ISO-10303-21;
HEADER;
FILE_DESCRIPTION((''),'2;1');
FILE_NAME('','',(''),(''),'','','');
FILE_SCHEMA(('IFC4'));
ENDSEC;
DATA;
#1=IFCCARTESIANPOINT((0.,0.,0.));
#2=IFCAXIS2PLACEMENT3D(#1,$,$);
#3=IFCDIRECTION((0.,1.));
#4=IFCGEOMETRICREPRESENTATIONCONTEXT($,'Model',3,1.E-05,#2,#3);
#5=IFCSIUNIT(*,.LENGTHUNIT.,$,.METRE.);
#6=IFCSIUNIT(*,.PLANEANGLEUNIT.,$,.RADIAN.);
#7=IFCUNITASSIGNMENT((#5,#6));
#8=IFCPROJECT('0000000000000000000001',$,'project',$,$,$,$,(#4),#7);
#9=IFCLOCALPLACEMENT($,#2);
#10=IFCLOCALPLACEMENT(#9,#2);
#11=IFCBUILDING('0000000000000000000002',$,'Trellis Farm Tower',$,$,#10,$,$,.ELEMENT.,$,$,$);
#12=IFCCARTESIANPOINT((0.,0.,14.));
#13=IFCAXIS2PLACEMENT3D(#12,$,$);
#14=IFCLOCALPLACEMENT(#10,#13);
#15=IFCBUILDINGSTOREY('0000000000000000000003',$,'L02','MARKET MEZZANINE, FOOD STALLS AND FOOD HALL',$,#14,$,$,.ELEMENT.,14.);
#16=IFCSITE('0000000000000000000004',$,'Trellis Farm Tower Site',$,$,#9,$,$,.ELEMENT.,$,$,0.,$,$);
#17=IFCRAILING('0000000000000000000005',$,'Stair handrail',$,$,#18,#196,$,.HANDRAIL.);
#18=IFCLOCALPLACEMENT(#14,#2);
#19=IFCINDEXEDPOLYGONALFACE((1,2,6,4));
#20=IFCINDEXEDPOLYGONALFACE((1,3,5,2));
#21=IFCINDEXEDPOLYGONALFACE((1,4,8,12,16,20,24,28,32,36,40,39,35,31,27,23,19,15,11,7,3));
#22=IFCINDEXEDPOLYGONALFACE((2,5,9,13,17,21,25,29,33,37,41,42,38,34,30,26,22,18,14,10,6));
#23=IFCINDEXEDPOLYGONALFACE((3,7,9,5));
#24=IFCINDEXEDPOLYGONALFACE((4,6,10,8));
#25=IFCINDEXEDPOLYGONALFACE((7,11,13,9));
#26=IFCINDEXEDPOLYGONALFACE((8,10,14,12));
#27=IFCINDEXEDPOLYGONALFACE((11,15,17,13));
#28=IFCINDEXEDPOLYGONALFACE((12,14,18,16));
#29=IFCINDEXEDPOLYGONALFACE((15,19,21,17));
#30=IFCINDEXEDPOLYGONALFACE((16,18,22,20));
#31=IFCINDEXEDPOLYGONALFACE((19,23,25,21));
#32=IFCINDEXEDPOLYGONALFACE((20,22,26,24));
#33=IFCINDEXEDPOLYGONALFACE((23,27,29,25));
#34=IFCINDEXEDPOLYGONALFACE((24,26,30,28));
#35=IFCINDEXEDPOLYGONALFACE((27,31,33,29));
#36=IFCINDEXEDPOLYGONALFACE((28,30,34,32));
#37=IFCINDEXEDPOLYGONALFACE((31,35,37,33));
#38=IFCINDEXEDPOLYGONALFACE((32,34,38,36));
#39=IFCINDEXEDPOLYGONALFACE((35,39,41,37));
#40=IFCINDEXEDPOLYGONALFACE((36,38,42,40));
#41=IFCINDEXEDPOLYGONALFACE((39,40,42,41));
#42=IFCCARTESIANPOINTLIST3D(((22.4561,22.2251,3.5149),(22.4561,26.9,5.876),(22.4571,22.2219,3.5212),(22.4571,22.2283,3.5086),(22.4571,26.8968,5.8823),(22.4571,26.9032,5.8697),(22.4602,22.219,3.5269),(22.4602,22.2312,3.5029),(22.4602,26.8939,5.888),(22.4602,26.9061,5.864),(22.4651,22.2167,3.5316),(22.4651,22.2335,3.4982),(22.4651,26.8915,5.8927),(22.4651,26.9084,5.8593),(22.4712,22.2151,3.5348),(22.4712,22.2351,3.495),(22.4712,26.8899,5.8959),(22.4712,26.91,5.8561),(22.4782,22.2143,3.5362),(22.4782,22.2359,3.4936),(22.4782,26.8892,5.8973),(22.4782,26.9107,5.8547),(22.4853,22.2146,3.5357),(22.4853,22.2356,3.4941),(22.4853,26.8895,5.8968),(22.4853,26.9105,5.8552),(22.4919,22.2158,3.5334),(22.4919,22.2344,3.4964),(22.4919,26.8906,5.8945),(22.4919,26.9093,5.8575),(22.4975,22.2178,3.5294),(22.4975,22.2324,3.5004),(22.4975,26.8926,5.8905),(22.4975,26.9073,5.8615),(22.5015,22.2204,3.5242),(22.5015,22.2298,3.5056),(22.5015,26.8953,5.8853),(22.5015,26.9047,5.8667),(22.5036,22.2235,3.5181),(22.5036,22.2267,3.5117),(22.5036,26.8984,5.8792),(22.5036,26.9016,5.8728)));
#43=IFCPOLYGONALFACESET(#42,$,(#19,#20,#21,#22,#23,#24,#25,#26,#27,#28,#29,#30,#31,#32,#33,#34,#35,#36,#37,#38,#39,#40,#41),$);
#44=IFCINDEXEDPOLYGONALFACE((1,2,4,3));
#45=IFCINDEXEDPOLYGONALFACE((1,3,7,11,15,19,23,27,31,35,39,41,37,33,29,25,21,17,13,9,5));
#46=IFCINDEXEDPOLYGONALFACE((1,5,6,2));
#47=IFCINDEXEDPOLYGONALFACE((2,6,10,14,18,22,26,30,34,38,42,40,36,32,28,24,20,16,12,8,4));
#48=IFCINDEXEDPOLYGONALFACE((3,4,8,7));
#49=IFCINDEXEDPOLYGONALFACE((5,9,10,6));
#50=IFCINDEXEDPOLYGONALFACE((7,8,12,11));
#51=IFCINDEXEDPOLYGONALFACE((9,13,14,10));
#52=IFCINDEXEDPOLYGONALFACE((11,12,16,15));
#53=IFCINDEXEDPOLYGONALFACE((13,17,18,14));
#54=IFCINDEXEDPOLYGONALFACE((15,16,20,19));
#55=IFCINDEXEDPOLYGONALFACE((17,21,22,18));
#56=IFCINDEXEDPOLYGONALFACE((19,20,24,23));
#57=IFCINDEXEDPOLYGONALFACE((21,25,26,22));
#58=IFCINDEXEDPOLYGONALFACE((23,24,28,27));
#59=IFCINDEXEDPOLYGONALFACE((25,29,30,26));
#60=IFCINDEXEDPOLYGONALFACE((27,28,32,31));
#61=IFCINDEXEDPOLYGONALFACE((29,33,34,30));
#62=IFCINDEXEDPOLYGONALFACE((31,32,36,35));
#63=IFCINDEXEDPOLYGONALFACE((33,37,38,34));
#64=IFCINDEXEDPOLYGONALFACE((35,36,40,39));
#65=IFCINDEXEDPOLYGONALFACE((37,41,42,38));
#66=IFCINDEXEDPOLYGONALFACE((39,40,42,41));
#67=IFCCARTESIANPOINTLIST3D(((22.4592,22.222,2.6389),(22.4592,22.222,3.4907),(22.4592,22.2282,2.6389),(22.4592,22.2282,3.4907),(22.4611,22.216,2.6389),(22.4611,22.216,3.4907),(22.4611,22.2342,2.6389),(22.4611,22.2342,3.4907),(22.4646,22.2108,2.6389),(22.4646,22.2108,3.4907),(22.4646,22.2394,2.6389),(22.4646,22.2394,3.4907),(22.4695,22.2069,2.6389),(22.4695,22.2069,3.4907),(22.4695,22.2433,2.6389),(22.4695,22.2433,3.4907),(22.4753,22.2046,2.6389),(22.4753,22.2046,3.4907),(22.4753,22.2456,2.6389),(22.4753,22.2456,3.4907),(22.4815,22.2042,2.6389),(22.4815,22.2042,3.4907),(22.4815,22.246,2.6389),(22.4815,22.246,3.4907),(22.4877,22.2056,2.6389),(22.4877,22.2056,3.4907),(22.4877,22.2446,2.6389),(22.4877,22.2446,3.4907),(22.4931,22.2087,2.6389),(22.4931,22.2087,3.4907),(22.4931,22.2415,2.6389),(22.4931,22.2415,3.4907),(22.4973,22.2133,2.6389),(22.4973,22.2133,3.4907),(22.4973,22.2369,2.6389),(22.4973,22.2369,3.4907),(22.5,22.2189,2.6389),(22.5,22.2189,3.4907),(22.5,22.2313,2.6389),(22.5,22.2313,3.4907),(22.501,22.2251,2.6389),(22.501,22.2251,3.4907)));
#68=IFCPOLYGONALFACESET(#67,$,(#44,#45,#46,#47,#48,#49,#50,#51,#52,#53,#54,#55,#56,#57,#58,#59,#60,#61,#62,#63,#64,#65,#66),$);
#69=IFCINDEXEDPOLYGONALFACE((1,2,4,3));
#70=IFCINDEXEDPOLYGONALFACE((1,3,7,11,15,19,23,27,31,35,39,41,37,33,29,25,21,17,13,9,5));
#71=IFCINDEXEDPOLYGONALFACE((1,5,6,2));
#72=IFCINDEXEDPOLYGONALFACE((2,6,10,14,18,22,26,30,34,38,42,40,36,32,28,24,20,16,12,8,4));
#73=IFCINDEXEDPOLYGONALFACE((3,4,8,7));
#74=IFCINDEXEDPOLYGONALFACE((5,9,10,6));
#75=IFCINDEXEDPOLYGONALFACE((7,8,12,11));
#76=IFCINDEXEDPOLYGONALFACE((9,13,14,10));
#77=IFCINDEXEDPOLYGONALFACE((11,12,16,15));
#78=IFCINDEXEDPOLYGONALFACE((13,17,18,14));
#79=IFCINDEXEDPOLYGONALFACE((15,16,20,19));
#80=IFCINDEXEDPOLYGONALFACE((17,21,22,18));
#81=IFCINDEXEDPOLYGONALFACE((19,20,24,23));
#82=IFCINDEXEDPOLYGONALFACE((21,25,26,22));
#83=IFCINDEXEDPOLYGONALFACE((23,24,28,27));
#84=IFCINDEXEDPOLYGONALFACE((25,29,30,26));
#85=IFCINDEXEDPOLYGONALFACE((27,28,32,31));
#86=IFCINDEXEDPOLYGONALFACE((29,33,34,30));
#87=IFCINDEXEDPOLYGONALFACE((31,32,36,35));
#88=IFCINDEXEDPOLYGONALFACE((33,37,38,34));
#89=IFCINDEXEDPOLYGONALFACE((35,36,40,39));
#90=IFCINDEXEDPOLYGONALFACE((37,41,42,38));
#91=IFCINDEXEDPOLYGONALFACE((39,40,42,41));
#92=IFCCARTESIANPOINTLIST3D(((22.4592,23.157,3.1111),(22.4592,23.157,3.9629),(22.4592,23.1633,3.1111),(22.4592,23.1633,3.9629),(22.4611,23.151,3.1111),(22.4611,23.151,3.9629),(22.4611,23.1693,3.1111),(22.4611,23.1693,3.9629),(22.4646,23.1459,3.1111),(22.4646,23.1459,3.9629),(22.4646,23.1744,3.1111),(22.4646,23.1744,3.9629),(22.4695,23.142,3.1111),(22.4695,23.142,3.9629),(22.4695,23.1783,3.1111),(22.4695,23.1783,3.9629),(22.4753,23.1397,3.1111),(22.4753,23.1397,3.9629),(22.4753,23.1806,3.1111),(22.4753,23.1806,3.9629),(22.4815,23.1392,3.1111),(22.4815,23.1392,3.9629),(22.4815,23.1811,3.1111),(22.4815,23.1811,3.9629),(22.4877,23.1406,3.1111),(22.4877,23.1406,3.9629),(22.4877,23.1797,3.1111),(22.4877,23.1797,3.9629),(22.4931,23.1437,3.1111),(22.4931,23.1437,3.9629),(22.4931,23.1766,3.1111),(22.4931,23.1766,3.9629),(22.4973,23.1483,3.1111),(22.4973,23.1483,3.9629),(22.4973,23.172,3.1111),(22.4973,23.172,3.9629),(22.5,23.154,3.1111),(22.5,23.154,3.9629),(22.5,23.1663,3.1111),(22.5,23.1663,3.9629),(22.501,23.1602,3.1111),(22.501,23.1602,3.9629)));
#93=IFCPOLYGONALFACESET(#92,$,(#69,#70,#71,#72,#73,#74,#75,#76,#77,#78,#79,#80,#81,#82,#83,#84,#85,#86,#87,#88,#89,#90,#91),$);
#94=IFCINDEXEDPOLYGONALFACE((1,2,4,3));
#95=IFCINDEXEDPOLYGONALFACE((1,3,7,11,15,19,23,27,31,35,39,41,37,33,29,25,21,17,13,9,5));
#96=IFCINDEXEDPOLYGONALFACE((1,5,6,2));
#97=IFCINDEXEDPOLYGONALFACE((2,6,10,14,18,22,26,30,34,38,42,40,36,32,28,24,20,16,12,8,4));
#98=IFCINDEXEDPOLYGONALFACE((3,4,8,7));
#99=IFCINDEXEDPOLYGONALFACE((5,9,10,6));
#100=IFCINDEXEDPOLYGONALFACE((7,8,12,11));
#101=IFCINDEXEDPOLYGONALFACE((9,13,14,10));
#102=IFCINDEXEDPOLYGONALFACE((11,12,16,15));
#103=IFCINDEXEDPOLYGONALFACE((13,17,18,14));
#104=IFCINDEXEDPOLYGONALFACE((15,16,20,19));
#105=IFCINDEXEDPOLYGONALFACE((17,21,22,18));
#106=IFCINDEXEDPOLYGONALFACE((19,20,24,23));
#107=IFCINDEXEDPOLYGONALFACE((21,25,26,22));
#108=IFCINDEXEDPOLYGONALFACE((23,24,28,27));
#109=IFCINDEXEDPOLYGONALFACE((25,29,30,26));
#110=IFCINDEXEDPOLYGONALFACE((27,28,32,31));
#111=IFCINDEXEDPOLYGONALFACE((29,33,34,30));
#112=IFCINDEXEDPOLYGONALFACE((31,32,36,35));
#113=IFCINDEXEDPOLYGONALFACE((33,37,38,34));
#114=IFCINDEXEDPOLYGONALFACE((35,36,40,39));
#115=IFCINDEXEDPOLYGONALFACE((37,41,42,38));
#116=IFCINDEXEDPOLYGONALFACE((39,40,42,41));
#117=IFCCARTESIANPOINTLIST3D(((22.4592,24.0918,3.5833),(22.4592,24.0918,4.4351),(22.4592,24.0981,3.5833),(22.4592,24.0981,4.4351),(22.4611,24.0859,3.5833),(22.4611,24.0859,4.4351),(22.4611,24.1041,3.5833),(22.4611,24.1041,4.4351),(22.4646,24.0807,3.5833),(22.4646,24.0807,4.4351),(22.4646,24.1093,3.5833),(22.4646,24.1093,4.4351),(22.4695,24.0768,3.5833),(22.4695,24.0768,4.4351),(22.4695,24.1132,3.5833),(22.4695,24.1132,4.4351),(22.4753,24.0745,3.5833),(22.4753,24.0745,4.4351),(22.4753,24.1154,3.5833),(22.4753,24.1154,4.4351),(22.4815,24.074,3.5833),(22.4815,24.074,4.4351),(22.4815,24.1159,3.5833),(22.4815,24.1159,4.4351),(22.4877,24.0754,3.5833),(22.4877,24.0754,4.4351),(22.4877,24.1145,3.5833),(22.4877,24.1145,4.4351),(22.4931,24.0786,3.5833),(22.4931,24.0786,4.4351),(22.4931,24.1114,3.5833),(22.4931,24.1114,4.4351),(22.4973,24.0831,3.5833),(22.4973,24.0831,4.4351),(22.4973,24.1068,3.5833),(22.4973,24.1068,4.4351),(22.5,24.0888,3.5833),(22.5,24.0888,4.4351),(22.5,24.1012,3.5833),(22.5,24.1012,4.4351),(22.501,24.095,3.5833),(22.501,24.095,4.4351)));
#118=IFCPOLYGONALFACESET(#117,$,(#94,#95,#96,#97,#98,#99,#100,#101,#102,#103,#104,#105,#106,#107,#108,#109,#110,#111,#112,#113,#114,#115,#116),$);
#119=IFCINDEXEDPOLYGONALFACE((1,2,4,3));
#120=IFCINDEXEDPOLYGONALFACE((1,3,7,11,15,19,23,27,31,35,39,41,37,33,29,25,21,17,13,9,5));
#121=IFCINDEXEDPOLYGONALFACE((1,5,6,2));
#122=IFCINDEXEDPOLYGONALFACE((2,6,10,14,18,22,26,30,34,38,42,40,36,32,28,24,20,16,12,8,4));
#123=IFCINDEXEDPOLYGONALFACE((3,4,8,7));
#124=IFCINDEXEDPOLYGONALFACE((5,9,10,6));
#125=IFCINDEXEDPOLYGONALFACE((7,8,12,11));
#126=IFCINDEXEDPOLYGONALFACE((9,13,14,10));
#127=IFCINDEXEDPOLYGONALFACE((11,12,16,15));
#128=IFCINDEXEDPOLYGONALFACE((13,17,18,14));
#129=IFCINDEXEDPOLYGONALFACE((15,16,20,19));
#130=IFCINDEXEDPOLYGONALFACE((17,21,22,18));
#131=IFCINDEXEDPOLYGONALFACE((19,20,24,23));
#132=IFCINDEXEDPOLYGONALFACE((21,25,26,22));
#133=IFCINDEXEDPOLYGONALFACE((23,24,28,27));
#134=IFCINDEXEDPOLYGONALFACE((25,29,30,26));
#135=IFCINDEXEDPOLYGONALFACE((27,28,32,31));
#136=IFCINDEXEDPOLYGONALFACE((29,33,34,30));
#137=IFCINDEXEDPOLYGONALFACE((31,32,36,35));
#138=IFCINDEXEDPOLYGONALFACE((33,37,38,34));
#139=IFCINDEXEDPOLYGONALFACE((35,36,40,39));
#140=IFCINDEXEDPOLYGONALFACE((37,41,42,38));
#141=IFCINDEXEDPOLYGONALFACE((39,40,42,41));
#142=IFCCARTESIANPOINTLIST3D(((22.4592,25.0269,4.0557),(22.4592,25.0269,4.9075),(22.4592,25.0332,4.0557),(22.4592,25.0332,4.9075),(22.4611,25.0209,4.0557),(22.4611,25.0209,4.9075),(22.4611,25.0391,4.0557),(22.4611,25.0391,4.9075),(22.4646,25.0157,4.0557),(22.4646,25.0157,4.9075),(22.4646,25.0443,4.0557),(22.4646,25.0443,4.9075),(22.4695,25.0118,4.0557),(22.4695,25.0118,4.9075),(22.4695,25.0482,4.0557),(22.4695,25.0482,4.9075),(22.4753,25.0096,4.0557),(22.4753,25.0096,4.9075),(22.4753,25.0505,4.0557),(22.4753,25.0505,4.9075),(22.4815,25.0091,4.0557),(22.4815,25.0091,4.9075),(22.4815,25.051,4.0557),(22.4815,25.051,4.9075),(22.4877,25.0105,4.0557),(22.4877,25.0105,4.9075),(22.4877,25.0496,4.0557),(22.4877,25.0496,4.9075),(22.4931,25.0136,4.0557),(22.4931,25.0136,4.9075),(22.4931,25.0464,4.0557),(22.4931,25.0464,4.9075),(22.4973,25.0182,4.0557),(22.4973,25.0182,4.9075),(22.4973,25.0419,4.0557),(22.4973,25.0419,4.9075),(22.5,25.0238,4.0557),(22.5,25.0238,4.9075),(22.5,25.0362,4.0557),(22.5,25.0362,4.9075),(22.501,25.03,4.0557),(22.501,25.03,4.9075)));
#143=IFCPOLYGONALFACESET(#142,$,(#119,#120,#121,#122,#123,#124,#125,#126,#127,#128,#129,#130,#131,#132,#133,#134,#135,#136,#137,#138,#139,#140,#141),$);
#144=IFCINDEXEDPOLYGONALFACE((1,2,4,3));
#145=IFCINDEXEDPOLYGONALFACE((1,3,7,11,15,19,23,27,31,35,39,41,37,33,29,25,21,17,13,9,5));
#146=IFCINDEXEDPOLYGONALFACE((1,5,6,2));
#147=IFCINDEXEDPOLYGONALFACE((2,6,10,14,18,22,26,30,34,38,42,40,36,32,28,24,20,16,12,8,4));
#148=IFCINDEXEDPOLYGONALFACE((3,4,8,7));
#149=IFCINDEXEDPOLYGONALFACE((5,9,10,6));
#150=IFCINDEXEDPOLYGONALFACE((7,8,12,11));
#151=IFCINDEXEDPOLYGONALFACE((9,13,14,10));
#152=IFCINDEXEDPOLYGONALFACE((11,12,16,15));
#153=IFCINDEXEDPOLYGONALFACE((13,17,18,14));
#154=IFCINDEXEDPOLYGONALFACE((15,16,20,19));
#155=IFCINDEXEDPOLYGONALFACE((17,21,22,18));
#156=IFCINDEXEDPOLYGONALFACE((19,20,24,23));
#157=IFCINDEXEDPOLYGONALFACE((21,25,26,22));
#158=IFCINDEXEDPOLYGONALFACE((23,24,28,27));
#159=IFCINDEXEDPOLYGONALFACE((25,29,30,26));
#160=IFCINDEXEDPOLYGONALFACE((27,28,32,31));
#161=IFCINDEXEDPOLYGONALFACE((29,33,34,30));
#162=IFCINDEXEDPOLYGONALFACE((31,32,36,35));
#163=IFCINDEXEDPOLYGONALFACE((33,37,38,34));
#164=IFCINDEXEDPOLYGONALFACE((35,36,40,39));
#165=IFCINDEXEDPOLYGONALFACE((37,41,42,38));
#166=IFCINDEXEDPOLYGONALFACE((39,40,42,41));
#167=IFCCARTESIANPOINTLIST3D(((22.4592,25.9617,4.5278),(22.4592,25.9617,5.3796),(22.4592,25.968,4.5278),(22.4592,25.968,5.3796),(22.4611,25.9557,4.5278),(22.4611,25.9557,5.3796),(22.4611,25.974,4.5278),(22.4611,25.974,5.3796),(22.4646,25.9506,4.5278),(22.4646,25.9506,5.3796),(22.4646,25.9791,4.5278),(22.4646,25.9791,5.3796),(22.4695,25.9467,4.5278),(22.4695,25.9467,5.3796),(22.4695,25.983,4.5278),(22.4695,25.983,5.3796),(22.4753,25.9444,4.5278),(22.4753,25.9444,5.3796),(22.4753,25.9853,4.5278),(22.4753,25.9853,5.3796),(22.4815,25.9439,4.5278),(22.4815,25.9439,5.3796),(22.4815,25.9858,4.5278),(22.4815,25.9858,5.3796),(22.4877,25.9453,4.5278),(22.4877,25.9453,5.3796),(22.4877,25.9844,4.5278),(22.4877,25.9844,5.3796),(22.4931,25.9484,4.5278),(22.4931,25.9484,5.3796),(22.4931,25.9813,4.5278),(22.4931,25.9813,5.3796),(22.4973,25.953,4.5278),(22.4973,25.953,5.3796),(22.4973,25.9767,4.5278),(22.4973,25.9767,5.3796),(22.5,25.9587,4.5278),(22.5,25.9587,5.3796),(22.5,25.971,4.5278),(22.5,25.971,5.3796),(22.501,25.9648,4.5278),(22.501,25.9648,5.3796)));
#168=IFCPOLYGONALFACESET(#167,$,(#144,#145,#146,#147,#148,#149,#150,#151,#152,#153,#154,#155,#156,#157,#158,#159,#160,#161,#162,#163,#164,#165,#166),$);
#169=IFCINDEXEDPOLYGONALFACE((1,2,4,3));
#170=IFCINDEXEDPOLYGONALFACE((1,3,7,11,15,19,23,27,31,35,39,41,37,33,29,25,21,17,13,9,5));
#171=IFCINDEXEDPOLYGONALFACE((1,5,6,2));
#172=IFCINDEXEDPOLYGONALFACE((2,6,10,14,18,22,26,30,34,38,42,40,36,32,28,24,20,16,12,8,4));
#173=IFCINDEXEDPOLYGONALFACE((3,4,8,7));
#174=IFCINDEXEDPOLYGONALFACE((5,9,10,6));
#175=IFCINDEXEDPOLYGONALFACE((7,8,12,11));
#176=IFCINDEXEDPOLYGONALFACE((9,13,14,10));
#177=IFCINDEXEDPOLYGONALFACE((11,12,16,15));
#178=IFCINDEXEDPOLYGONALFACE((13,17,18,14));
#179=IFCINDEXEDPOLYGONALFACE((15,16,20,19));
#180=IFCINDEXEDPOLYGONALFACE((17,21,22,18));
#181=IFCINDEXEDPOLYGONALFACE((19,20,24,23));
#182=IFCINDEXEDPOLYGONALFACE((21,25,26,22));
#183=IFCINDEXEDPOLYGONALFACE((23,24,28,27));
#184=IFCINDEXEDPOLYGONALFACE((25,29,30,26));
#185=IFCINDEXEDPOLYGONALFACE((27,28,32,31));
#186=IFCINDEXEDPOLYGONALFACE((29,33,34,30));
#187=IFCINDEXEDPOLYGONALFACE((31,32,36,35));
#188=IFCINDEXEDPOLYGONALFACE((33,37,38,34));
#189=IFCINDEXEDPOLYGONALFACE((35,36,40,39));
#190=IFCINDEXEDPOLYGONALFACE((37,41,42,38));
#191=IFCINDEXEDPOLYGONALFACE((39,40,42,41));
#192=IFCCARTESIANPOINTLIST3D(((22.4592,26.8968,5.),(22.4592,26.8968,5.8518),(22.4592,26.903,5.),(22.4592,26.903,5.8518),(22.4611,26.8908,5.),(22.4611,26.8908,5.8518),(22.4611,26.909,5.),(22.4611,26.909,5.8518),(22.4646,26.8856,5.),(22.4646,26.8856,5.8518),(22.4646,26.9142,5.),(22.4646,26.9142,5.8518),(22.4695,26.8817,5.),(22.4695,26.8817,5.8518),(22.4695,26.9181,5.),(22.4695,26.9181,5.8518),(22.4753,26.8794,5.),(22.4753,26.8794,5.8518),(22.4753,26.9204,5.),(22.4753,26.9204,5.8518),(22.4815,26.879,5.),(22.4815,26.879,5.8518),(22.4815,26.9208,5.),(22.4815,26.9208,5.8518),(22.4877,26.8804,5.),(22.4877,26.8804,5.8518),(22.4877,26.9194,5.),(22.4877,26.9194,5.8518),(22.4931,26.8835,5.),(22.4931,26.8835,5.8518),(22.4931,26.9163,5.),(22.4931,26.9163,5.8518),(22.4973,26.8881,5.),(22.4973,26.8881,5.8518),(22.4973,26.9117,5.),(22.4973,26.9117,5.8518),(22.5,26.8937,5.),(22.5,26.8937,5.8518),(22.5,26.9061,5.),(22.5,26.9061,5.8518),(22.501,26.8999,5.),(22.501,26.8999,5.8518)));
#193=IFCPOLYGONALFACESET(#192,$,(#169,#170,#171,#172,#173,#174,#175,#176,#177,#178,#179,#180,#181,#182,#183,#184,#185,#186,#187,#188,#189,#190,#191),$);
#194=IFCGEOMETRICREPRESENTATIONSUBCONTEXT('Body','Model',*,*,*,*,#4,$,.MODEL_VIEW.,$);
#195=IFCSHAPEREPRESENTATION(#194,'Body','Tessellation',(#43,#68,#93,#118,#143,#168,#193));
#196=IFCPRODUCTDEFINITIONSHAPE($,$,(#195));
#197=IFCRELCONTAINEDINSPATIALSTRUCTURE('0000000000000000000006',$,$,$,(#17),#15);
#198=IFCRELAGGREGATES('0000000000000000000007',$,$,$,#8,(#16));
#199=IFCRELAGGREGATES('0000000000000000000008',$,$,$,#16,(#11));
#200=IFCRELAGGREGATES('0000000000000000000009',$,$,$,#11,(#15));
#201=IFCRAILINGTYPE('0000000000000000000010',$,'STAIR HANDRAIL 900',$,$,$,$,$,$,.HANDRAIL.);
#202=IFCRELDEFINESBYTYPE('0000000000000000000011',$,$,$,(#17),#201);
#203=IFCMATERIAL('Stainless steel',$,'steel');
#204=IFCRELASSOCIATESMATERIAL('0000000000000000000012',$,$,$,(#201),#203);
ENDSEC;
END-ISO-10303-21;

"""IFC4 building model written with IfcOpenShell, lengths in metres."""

from ifc_helpers import new_model, si_unit, direction, frame, origin, origin_2d, place, context, subcontext, project, spatial, circle, extrude, source, transform, mapped, material, type_object, element, save


model = new_model("IFC4")

# Units and contexts
model_context = context("Model", 3, precision=1e-05, world=origin(), true_north=direction((0.0, 1.0)))
body_context = subcontext(model_context, "Body", "Model", "MODEL_VIEW")
ifc_project = project(units=[si_unit("LENGTHUNIT", "METRE"), si_unit("PLANEANGLEUNIT", "RADIAN")], contexts=[model_context])

# Site, building, storey
site_placement = place(None, origin())
site = spatial("IfcSite", under=ifc_project, at=site_placement, Name="Trellis Farm Tower Site", CompositionType="ELEMENT", RefElevation=0.0)
building_placement = place(site_placement, origin())
building = spatial("IfcBuilding", under=site, at=building_placement, Name="Trellis Farm Tower", CompositionType="ELEMENT")
storey_placement = place(building_placement, frame((0.0, 0.0, 14.0)))
storey = spatial("IfcBuildingStorey", under=building, at=storey_placement, Name="L02", Description="MARKET MEZZANINE, FOOD STALLS AND FOOD HALL", CompositionType="ELEMENT", Elevation=14.0)

# Railing
ifc_material_1 = material(Name="Stainless steel", Category="steel")
railing_type = type_object("IfcRailingType", Name="STAIR HANDRAIL 900", PredefinedType="HANDRAIL", material=ifc_material_1)
shared_shape_1 = source(origin(), body_context, "Body", "SweptSolid", [
    extrude(circle(Radius=0.0239, at=origin_2d()), frame((0.0, 0.0, 0.876), z_axis=(0.0, 0.892611, 0.450827), x_axis=(-1.0, 0.0, 0.0)), (0.0, 0.0, 1.0), 5.2373),
    extrude(circle(Radius=0.021, at=origin_2d()), origin(), (0.0, 0.0, 1.0), 0.8518),
    extrude(circle(Radius=0.021, at=origin_2d()), frame((0.0, 0.9351, 0.4722)), (0.0, 0.0, 1.0), 0.8518),
    extrude(circle(Radius=0.021, at=origin_2d()), frame((0.0, 1.8699, 0.9443)), (0.0, 0.0, 1.0), 0.8518),
    extrude(circle(Radius=0.021, at=origin_2d()), frame((0.0, 2.8049, 1.4167)), (0.0, 0.0, 1.0), 0.8518),
    extrude(circle(Radius=0.021, at=origin_2d()), frame((0.0, 3.7397, 1.8889)), (0.0, 0.0, 1.0), 0.8518),
    extrude(circle(Radius=0.021, at=origin_2d()), frame((0.0, 4.6748, 2.3611)), (0.0, 0.0, 1.0), 0.8518),
])
for number, where, name in (
    (1, (22.48, 22.2251, 2.6389), "Stair handrail"),
):
    element("IfcRailing", number, at=place(storey_placement, frame(where)), inside=storey, type_object=railing_type, Name=name, PredefinedType="HANDRAIL", context=body_context, shape_type="MappedRepresentation", body=[
        mapped(shared_shape_1, transform((0.0, 0.0, 0.0))),
    ])

save(model, "model.ifc")
